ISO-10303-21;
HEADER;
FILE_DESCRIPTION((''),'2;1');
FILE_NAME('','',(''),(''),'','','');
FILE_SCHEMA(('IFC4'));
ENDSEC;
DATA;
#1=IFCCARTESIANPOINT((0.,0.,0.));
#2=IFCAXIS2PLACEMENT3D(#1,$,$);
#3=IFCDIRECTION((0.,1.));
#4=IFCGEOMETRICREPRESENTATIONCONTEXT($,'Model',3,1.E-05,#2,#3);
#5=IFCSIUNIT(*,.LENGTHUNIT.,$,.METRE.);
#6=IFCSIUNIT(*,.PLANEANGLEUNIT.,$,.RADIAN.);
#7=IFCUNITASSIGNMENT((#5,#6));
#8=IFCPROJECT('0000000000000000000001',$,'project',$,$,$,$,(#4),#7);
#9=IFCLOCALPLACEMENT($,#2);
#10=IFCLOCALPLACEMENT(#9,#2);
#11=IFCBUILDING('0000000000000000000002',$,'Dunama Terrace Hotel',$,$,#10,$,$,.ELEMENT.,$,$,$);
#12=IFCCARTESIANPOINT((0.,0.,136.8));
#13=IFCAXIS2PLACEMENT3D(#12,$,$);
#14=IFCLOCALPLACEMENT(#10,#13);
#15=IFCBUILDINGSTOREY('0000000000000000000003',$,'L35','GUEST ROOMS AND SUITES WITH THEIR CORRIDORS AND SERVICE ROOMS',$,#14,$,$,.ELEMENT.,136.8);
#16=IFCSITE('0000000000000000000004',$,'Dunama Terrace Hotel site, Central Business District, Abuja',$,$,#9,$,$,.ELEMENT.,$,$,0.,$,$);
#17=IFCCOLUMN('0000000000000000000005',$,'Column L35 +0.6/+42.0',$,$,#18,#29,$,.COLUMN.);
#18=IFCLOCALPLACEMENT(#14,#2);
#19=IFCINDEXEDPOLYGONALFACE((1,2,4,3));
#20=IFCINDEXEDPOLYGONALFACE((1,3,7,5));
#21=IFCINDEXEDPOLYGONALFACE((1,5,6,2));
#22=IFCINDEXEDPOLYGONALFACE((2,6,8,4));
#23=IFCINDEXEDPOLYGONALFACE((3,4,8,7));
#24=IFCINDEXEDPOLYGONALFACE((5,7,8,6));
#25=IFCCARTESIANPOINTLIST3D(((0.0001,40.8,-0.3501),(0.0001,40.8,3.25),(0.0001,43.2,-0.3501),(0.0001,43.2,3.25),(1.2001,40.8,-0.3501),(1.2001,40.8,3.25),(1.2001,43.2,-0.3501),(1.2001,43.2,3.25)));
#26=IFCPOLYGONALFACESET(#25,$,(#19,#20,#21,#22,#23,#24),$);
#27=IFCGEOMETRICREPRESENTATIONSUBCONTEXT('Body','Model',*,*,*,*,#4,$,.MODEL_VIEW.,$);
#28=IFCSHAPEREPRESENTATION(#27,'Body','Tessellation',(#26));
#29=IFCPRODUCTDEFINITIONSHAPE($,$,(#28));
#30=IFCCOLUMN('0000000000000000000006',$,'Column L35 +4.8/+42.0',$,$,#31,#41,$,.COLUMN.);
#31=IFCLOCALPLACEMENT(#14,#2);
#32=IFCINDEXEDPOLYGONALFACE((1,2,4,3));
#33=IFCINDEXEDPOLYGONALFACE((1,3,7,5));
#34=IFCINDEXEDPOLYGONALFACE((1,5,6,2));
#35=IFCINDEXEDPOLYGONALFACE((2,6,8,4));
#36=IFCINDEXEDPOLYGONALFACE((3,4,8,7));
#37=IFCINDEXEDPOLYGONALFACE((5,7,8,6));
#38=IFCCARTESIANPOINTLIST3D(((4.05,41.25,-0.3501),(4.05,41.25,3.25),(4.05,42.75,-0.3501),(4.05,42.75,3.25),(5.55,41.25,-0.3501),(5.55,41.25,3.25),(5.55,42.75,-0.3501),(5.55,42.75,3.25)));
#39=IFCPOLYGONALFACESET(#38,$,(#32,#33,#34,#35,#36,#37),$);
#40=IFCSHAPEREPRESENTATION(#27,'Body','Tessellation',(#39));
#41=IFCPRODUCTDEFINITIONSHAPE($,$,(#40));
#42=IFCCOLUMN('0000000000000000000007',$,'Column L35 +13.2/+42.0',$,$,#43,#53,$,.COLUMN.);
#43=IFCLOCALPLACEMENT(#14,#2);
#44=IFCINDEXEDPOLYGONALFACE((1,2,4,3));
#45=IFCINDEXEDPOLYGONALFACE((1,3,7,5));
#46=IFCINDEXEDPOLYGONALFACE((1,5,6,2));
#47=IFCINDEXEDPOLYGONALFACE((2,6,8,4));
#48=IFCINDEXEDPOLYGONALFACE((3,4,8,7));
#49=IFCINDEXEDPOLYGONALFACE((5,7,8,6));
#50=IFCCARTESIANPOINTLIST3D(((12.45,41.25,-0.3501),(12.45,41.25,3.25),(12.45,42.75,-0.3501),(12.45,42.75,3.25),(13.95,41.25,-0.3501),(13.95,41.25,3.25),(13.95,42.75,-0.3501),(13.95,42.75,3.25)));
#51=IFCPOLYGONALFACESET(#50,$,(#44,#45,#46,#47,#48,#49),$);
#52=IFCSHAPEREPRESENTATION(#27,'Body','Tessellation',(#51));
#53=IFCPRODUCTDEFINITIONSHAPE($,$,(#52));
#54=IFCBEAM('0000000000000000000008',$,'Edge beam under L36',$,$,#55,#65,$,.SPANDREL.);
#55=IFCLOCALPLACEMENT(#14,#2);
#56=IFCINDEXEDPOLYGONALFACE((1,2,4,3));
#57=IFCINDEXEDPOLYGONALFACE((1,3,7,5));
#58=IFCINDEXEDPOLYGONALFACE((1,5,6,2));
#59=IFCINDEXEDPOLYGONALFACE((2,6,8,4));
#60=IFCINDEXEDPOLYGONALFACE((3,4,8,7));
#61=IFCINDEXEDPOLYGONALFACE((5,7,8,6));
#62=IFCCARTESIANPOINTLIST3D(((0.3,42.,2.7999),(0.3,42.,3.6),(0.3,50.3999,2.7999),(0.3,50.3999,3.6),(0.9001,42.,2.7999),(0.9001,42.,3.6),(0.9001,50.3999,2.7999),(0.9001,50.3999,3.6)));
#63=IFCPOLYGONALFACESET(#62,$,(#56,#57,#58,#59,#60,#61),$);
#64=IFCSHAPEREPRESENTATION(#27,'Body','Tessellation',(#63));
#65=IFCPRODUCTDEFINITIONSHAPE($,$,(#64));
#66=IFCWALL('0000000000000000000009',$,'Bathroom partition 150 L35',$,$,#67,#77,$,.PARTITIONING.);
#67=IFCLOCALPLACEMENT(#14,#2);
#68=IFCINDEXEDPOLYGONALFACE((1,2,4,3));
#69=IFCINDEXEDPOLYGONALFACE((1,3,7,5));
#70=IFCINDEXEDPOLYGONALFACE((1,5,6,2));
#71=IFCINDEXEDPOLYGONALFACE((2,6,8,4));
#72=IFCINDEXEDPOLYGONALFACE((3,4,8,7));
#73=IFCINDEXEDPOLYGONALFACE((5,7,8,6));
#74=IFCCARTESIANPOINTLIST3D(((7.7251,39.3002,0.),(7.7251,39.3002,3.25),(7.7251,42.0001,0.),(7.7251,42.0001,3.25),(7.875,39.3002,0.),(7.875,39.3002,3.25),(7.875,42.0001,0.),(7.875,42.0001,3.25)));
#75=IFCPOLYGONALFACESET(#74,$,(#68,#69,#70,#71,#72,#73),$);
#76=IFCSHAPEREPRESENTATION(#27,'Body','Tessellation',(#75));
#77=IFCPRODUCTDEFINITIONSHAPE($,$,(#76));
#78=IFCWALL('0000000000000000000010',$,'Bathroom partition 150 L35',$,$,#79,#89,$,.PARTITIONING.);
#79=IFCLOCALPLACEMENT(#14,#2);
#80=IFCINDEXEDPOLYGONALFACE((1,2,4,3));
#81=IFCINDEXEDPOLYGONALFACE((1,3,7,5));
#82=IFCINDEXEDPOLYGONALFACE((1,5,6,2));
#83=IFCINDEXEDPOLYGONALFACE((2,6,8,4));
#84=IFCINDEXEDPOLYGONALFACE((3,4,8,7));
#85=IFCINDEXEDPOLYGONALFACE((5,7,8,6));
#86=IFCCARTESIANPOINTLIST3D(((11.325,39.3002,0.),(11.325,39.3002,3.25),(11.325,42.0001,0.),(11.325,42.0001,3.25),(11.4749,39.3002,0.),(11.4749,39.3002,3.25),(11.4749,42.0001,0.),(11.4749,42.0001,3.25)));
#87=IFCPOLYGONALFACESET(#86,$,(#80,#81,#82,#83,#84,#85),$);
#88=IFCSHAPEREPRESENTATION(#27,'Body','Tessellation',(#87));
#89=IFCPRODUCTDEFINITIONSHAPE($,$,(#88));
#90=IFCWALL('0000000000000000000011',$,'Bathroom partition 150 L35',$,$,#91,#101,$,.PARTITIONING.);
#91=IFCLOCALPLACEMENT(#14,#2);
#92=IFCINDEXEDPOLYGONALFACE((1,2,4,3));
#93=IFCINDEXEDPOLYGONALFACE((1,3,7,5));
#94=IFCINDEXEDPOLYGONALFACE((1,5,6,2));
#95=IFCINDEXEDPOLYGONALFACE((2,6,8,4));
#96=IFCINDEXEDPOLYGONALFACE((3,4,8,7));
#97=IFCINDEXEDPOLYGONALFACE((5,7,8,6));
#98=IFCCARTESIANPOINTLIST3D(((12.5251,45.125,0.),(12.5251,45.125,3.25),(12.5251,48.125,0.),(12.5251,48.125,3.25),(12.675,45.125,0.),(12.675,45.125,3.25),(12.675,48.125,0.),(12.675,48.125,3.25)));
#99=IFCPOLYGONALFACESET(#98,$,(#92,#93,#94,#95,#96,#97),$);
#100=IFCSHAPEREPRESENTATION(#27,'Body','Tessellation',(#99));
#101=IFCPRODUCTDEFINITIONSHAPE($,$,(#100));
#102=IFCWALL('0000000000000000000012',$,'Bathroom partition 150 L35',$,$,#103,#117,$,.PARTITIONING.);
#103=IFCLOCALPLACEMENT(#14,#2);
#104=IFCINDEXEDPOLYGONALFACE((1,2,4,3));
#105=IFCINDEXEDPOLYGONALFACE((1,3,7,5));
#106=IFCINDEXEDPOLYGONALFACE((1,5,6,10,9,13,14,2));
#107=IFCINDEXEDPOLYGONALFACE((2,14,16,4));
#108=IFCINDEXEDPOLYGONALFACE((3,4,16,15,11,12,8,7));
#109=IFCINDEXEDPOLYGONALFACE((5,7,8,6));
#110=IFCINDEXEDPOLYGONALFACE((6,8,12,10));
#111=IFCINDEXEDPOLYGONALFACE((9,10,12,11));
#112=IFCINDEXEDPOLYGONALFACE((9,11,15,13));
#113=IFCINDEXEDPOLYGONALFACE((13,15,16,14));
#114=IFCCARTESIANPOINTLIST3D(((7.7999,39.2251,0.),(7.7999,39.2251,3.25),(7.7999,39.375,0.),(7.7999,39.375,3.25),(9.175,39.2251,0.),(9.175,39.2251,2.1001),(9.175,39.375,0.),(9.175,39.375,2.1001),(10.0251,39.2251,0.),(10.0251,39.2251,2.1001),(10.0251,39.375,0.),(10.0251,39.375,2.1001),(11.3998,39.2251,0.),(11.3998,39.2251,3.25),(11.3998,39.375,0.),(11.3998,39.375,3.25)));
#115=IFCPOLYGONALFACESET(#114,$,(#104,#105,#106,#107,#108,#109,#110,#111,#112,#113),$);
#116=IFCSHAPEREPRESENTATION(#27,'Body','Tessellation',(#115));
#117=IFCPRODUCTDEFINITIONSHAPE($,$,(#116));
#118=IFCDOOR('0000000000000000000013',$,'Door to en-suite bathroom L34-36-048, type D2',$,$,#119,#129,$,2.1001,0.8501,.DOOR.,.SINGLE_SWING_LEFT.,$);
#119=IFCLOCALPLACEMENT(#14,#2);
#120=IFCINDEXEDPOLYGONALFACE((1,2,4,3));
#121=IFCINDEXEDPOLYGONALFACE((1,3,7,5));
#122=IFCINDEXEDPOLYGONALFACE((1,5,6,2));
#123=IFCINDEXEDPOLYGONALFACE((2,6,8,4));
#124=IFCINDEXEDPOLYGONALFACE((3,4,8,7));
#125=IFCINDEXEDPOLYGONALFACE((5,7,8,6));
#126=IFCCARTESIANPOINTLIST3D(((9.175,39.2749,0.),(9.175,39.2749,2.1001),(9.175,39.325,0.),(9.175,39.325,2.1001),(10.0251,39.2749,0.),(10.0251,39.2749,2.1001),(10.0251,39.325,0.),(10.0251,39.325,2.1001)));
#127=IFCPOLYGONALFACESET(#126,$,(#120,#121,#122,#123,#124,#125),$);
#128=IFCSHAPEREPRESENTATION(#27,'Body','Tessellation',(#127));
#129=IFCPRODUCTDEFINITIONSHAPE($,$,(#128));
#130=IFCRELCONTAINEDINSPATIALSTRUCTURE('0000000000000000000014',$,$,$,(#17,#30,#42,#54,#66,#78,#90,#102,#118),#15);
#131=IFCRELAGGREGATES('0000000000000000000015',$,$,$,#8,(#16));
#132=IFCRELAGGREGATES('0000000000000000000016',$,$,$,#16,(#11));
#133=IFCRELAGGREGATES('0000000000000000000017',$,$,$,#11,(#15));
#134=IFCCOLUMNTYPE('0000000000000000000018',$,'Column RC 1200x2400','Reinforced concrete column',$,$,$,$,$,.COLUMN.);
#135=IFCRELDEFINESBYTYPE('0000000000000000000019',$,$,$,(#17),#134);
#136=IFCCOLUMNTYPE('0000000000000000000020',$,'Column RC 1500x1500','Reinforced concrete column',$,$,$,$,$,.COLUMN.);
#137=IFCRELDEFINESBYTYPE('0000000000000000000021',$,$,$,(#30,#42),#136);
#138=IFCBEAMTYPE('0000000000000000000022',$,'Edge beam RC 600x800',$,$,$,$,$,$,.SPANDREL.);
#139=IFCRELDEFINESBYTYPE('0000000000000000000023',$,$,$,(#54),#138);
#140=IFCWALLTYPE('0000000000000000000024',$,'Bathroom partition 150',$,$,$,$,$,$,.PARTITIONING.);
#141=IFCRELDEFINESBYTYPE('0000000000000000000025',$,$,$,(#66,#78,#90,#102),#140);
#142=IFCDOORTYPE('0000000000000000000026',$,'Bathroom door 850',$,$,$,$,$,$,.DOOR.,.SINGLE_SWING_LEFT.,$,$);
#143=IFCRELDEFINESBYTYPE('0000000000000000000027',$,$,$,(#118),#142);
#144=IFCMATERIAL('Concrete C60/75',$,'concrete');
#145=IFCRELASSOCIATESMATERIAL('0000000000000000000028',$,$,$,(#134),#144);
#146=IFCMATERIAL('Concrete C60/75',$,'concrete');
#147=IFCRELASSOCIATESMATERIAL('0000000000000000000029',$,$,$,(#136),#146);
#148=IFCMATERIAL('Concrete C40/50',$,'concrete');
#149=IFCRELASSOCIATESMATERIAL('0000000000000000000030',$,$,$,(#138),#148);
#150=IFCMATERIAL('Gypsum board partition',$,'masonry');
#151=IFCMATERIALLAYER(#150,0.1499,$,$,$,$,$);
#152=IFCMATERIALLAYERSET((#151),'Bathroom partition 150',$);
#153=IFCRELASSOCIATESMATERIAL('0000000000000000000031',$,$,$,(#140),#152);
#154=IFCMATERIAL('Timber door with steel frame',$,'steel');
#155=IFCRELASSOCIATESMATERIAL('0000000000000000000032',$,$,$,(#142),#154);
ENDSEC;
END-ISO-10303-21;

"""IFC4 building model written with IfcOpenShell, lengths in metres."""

from ifc_helpers import new_model, si_unit, direction, frame, frame_2d, origin, origin_2d, place, context, subcontext, project, spatial, rectangle, extrude, material, layer, layer_set, material_profile, profile_set, type_object, element, fill, save


model = new_model("IFC4")

# Units and contexts
model_context = context("Model", 3, precision=1e-05, world=origin(), true_north=direction((0.0, 1.0)))
body_context = subcontext(model_context, "Body", "Model", "MODEL_VIEW")
ifc_project = project(units=[si_unit("LENGTHUNIT", "METRE"), si_unit("PLANEANGLEUNIT", "RADIAN")], contexts=[model_context])

# Site, building, storey
site_placement = place(None, origin())
site = spatial("IfcSite", under=ifc_project, at=site_placement, Name="Dunama Terrace Hotel site, Central Business District, Abuja", CompositionType="ELEMENT", RefElevation=0.0)
building_placement = place(site_placement, origin())
building = spatial("IfcBuilding", under=site, at=building_placement, Name="Dunama Terrace Hotel", CompositionType="ELEMENT")
storey_placement = place(building_placement, frame((0.0, 0.0, 136.8)))
storey = spatial("IfcBuildingStorey", under=building, at=storey_placement, Name="L35", Description="GUEST ROOMS AND SUITES WITH THEIR CORRIDORS AND SERVICE ROOMS", CompositionType="ELEMENT", Elevation=136.8)

# Columns
ifc_material_1 = material(Name="Concrete C60/75", Category="concrete")
ifc_material_profile_1 = material_profile(ifc_material_1, rectangle(XDim=1.2, YDim=2.3999, at=origin_2d()), Name="RC 1200x2400")
ifc_profile_set_1 = profile_set([ifc_material_profile_1], Name="Concrete C60/75")
column_type_1 = type_object("IfcColumnType", Name="Column RC 1200x2400", Description="Reinforced concrete column", PredefinedType="COLUMN", material=ifc_profile_set_1)
column_placement = place(storey_placement, frame((0.6001, 42.0, -0.3501), z_axis=(0.0, 0.0, 1.0), x_axis=(1.0, 0.0, 0.0)))
element("IfcColumn", 1, at=column_placement, inside=storey, type_object=column_type_1, Name="Column L35 +0.6/+42.0", PredefinedType="COLUMN", context=body_context, shape_type="SweptSolid", body=[
    extrude(rectangle(XDim=1.2, YDim=2.3999, at=origin_2d()), origin(), (0.0, 0.0, 1.0), 3.6001),
])
ifc_material_2 = material(Name="Concrete C60/75", Category="concrete")
ifc_material_profile_2 = material_profile(ifc_material_2, rectangle(XDim=1.5, YDim=1.5, at=origin_2d()), Name="RC 1500x1500")
ifc_profile_set_2 = profile_set([ifc_material_profile_2], Name="Concrete C60/75")
column_type_2 = type_object("IfcColumnType", Name="Column RC 1500x1500", Description="Reinforced concrete column", PredefinedType="COLUMN", material=ifc_profile_set_2)
for number, where, z_axis, x_axis, name in (
    (2, (4.8, 42.0, -0.3501), (0.0, 0.0, 1.0), (1.0, 0.0, 0.0), "Column L35 +4.8/+42.0"),
    (3, (13.2, 42.0, -0.3501), (0.0, 0.0, 1.0), (1.0, 0.0, 0.0), "Column L35 +13.2/+42.0"),
):
    element("IfcColumn", number, at=place(storey_placement, frame(where, z_axis=z_axis, x_axis=x_axis)), inside=storey, type_object=column_type_2, Name=name, PredefinedType="COLUMN", context=body_context, shape_type="SweptSolid", body=[
        extrude(rectangle(XDim=1.5, YDim=1.5, at=origin_2d()), origin(), (0.0, 0.0, 1.0), 3.6001),
    ])

# Beam
ifc_material_3 = material(Name="Concrete C40/50", Category="concrete")
ifc_material_profile_3 = material_profile(ifc_material_3, rectangle(XDim=0.6001, YDim=0.8, at=origin_2d()), Name="RC 600x800")
ifc_profile_set_3 = profile_set([ifc_material_profile_3], Name="Concrete C40/50")
beam_type = type_object("IfcBeamType", Name="Edge beam RC 600x800", PredefinedType="SPANDREL", material=ifc_profile_set_3)
beam_placement = place(storey_placement, frame((0.6001, 42.0, 3.2), z_axis=(0.0, 1.0, 0.0), x_axis=(-1.0, 0.0, 0.0)))
element("IfcBeam", 4, at=beam_placement, inside=storey, type_object=beam_type, Name="Edge beam under L36", PredefinedType="SPANDREL", context=body_context, shape_type="SweptSolid", body=[
    extrude(rectangle(XDim=0.6001, YDim=0.8, at=origin_2d()), origin(), (0.0, 0.0, 1.0), 8.3999),
])

# Walls
ifc_material_4 = material(Name="Gypsum board partition", Category="masonry")
ifc_layer_1 = layer(ifc_material_4, 0.1499)
ifc_layer_set_1 = layer_set([ifc_layer_1], Name="Bathroom partition 150")
wall_type_1 = type_object("IfcWallType", Name="Bathroom partition 150", PredefinedType="PARTITIONING", material=ifc_layer_set_1)
for number, where, z_axis, x_axis, name in (
    (5, (7.8, 39.3, 0.0), (0.0, 0.0, 1.0), (0.0, 1.0, 0.0), "Bathroom partition 150 L35"),
    (6, (11.3999, 39.3, 0.0), (0.0, 0.0, 1.0), (0.0, 1.0, 0.0), "Bathroom partition 150 L35"),
):
    element("IfcWall", number, at=place(storey_placement, frame(where, z_axis=z_axis, x_axis=x_axis)), inside=storey, type_object=wall_type_1, Name=name, PredefinedType="PARTITIONING", context=body_context, shape_type="SweptSolid", body=[
        extrude(rectangle(XDim=2.7, YDim=0.1499, at=frame_2d((1.3501, 0.0))), origin(), (0.0, 0.0, 1.0), 3.25),
    ])
wall_1_placement = place(storey_placement, frame((12.6001, 45.125, 0.0), z_axis=(0.0, 0.0, 1.0), x_axis=(0.0, 1.0, 0.0)))
element("IfcWall", 7, at=wall_1_placement, inside=storey, type_object=wall_type_1, Name="Bathroom partition 150 L35", PredefinedType="PARTITIONING", context=body_context, shape_type="SweptSolid", body=[
    extrude(rectangle(XDim=3.0, YDim=0.1499, at=frame_2d((1.5, 0.0))), origin(), (0.0, 0.0, 1.0), 3.25),
])

# Wall, opening, door
wall_2_placement = place(storey_placement, frame((7.8, 39.3, 0.0), z_axis=(0.0, 0.0, 1.0), x_axis=(1.0, 0.0, 0.0)))
wall_2 = element("IfcWall", 8, at=wall_2_placement, inside=storey, type_object=wall_type_1, Name="Bathroom partition 150 L35", PredefinedType="PARTITIONING", context=body_context, shape_type="SweptSolid", body=[
    extrude(rectangle(XDim=3.5999, YDim=0.1499, at=frame_2d((1.7998, 0.0))), origin(), (0.0, 0.0, 1.0), 3.25),
])
opening_1_placement = place(wall_2_placement, frame((1.375, 0.0, 0.0)))
opening_1 = element("IfcOpeningElement", 9, at=opening_1_placement, cuts=wall_2, PredefinedType="OPENING", context=body_context, shape_type="SweptSolid", body=[
    extrude(rectangle(XDim=0.8501, YDim=2.1001, at=frame_2d((0.425, 1.05))), frame((0.0, 0.085, 0.0), z_axis=(0.0, -1.0, 0.0), x_axis=(1.0, 0.0, 0.0)), (0.0, 0.0, 1.0), 0.1699),
])
ifc_material_5 = material(Name="Timber door with steel frame", Category="steel")
door_type_1 = type_object("IfcDoorType", Name="Bathroom door 850", OperationType="SINGLE_SWING_LEFT", PredefinedType="DOOR", material=ifc_material_5)
door_1_placement = place(opening_1_placement, origin())
door_1 = element("IfcDoor", 10, at=door_1_placement, inside=storey, type_object=door_type_1, Name="Door to en-suite bathroom L34-36-048, type D2", OperationType="SINGLE_SWING_LEFT", OverallHeight=2.1001, OverallWidth=0.8501, PredefinedType="DOOR", context=body_context, shape_type="SweptSolid", body=[
    extrude(rectangle(XDim=0.8501, YDim=2.1001, at=frame_2d((0.425, 1.05))), frame((0.0, 0.0249, 0.0), z_axis=(0.0, -1.0, 0.0), x_axis=(1.0, 0.0, 0.0)), (0.0, 0.0, 1.0), 0.05),
])
fill(opening_1, door_1)

save(model, "model.ifc")
